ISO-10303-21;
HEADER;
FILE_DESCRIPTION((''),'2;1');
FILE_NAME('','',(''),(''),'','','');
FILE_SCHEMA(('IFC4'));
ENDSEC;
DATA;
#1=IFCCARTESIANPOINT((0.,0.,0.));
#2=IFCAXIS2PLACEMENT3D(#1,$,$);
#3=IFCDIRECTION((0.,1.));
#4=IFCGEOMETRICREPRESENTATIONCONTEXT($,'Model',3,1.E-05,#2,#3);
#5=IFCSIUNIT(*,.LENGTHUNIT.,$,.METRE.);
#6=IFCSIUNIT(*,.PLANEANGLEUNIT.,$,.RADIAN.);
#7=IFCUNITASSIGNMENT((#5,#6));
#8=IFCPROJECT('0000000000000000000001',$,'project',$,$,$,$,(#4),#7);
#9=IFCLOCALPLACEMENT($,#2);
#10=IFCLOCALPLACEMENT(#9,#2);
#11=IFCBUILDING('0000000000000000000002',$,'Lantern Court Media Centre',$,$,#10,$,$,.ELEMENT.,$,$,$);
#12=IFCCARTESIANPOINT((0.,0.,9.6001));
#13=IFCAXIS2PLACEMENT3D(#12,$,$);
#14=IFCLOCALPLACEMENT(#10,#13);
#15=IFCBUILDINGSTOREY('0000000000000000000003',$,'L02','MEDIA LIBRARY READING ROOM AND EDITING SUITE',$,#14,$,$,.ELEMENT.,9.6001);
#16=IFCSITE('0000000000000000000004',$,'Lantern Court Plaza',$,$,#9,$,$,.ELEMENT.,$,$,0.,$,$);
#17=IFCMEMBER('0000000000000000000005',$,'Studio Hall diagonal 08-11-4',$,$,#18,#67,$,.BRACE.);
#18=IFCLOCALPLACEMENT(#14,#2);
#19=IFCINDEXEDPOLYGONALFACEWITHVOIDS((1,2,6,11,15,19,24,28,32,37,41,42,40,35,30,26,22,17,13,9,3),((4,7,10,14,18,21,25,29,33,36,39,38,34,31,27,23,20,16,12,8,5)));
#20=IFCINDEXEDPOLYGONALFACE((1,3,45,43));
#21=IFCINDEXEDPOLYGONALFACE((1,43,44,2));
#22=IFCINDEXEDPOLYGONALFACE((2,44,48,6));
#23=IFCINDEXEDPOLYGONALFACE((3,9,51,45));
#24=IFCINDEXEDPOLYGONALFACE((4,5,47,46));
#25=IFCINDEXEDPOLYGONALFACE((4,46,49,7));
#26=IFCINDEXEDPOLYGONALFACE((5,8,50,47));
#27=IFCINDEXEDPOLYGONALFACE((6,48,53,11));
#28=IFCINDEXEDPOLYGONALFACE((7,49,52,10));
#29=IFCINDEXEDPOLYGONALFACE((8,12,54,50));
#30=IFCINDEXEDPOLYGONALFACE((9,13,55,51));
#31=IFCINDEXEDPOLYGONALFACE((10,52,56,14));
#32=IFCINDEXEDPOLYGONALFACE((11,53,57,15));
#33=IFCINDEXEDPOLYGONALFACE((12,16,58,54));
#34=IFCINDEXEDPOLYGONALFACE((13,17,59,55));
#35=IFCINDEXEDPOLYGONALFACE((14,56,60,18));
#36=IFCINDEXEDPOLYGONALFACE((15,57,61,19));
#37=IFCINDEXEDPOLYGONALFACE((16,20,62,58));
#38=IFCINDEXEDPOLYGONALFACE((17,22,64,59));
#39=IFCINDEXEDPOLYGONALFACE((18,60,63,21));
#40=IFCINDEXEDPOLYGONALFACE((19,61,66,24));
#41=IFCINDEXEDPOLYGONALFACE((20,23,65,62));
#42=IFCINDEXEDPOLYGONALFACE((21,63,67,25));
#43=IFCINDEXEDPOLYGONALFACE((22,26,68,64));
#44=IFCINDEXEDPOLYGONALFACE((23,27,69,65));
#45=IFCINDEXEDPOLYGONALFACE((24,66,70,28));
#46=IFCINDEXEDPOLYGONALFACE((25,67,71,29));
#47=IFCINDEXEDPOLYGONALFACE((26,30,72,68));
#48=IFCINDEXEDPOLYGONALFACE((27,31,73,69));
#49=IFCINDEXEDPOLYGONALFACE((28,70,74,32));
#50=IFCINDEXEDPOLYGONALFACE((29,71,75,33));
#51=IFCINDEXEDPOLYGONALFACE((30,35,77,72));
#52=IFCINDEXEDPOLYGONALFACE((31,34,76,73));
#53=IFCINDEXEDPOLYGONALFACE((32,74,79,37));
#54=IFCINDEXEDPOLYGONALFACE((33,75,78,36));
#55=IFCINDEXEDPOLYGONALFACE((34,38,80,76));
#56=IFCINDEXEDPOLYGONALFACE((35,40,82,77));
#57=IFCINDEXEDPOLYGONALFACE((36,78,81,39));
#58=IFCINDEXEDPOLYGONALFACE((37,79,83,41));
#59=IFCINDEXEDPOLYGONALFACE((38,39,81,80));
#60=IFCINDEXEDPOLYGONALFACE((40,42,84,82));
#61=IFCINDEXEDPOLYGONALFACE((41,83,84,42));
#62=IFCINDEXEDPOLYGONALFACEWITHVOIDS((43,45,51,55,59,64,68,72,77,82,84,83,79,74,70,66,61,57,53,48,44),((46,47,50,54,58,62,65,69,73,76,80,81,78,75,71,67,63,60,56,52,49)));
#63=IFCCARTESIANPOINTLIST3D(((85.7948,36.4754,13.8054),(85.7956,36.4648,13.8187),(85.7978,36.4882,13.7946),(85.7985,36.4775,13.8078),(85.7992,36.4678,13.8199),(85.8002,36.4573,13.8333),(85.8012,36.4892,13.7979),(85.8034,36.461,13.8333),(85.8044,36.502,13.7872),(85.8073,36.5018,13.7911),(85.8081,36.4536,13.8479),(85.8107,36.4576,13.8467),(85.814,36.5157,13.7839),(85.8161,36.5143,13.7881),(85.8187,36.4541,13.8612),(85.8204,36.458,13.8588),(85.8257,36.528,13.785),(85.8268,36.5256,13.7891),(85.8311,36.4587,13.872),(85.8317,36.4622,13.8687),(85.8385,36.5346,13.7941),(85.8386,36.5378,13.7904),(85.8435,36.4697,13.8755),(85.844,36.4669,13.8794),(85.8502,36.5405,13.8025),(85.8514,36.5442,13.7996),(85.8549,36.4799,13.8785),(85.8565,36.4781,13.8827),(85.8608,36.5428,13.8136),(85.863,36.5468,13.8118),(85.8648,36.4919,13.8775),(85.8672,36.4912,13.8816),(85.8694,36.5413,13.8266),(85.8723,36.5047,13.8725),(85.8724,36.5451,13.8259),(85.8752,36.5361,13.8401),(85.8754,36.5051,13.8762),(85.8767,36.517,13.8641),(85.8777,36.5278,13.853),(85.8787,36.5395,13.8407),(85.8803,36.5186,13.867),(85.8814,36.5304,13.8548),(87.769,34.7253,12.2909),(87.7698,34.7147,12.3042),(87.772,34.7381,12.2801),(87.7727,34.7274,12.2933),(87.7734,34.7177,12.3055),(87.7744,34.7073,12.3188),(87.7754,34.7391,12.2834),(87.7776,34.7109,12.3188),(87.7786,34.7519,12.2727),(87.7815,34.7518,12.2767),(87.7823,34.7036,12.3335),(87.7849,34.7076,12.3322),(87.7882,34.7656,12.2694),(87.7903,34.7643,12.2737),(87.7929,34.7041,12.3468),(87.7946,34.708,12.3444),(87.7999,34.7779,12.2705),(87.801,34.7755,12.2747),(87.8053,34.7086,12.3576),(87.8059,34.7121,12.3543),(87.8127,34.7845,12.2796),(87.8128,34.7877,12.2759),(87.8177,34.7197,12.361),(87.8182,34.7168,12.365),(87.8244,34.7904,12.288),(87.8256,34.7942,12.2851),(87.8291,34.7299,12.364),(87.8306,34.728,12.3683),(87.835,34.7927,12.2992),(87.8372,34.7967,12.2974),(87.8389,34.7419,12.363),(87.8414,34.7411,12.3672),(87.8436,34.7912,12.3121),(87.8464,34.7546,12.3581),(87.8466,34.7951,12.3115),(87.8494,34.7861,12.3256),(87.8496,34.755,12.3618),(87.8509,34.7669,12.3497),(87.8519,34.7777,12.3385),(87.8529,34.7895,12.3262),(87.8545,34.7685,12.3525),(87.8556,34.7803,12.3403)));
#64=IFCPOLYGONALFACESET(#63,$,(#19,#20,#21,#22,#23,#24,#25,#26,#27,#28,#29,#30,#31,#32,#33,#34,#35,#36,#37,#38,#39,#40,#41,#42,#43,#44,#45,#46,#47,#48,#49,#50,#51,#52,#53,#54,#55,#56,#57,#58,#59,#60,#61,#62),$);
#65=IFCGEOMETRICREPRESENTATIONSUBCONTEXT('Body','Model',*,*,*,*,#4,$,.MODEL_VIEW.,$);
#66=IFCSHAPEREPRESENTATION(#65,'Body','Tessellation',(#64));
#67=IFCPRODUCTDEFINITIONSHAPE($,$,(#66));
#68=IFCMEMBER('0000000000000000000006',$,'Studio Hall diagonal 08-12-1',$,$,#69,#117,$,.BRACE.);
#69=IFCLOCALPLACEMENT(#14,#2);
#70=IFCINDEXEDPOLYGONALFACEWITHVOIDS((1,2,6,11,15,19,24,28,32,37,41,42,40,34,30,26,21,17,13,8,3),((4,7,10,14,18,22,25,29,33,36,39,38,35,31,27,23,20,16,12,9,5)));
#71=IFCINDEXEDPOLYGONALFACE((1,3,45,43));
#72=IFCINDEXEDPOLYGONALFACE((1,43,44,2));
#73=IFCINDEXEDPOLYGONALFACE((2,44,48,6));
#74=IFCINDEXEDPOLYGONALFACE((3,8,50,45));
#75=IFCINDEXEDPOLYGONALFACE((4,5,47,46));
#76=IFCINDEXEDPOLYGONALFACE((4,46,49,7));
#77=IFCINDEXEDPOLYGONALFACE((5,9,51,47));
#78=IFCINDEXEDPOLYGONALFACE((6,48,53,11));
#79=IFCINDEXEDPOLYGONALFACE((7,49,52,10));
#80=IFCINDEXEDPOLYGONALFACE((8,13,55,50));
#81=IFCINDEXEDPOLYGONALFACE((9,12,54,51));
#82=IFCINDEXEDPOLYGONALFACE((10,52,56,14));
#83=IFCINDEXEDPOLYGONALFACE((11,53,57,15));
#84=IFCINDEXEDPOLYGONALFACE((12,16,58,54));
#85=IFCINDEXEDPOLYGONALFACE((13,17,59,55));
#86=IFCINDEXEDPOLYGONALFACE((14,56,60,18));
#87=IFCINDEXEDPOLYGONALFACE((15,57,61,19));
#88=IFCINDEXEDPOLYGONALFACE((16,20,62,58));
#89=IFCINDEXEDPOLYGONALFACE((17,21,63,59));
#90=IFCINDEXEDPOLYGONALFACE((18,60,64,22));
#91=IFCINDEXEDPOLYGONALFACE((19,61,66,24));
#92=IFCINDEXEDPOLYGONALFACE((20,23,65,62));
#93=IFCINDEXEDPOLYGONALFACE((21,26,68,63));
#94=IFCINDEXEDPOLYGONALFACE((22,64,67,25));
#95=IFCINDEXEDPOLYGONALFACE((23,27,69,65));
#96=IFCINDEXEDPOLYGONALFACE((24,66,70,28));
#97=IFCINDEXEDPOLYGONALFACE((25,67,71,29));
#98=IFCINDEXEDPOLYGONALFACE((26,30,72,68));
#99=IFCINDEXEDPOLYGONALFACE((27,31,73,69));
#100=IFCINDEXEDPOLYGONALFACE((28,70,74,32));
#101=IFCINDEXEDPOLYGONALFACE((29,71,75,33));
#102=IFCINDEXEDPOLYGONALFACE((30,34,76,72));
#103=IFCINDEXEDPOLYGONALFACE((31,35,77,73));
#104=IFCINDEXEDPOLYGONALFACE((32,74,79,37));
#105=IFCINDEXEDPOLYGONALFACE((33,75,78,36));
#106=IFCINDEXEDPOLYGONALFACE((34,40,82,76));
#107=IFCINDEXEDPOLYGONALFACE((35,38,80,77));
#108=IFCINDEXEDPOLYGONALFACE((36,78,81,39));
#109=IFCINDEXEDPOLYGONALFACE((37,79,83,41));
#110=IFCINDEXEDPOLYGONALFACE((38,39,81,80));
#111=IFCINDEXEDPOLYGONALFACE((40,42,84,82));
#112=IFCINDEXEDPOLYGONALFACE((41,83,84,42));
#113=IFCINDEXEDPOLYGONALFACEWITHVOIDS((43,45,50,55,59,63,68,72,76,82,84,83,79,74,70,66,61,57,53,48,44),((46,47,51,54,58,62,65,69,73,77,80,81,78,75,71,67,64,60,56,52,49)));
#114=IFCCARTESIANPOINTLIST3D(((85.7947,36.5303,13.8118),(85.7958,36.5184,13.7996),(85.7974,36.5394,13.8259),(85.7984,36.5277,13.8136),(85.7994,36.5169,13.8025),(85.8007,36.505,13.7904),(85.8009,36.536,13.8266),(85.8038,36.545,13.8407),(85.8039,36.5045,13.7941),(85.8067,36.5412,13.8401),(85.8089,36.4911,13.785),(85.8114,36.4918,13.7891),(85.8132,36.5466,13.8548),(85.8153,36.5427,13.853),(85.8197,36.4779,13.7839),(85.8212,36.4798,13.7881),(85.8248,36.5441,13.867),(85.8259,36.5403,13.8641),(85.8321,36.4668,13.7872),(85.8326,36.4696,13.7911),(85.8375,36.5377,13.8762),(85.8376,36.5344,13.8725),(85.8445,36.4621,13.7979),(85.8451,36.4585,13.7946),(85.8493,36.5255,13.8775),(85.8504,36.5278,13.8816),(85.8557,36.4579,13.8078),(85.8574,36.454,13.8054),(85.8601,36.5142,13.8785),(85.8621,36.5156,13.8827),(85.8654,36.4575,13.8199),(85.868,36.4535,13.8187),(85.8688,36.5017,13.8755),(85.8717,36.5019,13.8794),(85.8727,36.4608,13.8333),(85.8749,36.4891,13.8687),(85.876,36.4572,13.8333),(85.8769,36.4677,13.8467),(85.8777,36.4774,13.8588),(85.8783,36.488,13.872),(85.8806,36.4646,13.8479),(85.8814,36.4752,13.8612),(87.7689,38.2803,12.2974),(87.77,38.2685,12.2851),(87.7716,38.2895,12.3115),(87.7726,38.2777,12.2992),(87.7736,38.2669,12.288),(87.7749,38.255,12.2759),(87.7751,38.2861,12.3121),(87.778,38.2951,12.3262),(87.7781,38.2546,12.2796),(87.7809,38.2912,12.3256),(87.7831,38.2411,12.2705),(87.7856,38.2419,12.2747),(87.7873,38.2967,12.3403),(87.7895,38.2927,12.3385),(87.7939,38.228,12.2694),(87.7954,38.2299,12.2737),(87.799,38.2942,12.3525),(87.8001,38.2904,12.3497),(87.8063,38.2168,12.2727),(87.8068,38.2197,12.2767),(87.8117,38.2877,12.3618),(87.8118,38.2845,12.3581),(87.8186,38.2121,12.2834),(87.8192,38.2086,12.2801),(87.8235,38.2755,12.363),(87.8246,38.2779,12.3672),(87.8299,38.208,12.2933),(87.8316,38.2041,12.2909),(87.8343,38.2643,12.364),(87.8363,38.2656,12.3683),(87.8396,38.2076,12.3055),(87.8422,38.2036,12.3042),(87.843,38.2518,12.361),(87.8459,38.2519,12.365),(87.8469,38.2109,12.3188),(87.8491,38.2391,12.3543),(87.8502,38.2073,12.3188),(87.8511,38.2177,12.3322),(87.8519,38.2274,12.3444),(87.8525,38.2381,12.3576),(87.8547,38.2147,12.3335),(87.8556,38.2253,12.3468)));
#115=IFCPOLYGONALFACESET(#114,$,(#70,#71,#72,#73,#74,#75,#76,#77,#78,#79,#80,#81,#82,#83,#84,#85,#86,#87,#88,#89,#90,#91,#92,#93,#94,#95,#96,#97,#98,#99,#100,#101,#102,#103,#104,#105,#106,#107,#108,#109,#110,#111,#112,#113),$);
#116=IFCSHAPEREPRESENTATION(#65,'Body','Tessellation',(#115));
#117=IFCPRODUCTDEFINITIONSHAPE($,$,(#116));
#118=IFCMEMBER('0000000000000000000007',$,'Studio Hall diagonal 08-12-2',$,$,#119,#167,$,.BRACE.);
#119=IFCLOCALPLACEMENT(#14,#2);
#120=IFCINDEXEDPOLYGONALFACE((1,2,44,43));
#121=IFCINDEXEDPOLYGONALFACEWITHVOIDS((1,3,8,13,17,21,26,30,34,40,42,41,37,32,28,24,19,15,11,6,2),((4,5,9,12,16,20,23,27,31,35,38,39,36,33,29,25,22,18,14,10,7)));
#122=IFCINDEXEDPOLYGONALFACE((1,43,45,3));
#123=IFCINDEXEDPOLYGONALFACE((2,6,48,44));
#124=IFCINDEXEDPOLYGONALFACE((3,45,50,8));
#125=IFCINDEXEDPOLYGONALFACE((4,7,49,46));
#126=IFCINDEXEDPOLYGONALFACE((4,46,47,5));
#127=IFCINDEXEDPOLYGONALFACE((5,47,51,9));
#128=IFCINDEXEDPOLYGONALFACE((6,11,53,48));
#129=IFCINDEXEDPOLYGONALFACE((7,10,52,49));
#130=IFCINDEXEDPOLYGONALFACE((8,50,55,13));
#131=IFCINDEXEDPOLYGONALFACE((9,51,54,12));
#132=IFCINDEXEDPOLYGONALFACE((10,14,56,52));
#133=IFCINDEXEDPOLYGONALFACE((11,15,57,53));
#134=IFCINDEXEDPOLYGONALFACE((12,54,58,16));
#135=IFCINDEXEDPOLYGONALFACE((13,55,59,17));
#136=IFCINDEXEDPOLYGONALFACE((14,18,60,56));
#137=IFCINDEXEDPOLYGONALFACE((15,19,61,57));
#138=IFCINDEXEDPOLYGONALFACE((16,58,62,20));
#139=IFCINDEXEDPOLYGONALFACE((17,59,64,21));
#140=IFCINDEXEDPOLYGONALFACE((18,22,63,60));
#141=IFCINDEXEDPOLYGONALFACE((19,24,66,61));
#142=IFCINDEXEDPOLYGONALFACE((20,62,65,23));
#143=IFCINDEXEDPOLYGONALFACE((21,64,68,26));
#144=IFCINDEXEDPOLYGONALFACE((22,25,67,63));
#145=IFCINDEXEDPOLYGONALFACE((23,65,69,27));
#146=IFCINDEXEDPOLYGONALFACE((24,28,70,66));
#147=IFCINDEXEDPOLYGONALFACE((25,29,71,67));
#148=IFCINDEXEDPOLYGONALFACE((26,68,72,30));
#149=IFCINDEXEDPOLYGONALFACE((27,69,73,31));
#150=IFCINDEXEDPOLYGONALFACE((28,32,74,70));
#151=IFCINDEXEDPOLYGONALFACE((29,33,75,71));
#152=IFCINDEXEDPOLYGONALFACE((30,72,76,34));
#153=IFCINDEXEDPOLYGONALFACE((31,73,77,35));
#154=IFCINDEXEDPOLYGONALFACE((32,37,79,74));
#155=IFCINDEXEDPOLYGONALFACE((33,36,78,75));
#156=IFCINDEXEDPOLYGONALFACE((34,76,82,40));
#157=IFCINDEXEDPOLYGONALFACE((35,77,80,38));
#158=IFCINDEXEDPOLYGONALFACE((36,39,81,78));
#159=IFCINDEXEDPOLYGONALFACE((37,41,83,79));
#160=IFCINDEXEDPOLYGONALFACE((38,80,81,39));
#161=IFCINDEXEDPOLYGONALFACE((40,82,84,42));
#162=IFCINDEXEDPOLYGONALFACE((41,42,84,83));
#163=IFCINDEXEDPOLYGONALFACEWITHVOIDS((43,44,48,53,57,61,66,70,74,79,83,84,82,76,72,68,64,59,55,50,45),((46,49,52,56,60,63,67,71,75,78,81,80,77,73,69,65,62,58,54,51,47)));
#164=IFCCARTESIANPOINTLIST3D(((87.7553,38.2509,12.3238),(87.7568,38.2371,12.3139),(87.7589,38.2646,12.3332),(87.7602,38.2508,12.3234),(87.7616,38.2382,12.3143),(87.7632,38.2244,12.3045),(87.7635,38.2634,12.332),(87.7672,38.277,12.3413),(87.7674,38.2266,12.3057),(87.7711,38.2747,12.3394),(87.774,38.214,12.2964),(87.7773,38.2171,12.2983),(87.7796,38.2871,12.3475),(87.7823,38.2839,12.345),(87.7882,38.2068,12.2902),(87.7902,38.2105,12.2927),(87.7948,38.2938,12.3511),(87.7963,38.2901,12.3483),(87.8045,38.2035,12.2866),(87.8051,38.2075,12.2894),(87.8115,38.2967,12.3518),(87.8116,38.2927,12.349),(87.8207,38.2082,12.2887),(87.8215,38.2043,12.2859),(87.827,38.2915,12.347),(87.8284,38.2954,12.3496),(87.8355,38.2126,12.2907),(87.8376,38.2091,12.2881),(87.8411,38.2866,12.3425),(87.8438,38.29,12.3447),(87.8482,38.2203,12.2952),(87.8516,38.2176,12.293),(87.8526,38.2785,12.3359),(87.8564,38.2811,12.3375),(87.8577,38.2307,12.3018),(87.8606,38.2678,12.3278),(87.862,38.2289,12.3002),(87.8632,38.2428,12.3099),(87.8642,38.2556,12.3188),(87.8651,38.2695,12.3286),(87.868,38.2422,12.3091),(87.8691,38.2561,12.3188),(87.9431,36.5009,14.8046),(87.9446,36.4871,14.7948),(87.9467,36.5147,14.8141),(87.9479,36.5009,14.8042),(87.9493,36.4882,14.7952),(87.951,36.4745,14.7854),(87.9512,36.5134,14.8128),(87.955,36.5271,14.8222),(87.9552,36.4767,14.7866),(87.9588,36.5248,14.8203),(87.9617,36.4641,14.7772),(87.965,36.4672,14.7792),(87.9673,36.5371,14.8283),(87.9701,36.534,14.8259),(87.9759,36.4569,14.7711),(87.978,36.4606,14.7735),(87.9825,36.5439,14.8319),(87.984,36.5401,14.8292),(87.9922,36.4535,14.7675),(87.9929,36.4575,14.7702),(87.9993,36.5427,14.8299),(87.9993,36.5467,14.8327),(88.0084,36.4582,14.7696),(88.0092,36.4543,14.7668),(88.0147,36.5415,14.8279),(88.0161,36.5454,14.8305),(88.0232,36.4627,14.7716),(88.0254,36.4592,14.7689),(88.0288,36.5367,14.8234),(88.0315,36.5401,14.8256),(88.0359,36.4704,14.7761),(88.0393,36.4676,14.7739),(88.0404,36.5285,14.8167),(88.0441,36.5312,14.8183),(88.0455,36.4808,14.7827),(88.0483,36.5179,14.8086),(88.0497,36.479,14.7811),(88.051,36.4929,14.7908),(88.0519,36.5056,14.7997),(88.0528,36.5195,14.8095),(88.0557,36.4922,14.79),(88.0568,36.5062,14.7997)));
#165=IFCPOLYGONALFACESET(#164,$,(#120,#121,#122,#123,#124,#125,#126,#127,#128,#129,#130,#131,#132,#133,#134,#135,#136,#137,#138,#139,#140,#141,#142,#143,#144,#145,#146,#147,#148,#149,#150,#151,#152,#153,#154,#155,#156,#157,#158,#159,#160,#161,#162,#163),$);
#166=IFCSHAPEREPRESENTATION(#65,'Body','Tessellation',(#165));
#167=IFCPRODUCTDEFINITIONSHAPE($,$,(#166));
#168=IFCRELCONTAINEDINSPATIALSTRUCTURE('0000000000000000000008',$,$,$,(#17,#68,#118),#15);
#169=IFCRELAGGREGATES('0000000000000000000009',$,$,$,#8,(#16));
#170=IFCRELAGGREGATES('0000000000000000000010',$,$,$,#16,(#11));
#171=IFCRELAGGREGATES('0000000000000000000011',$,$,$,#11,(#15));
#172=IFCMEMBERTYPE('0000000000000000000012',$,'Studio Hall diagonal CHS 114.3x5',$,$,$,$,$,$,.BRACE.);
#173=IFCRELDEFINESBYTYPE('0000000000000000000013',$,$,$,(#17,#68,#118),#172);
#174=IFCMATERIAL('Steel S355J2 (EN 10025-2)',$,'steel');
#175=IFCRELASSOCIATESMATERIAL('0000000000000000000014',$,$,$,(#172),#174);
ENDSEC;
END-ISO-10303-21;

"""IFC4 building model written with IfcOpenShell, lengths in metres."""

from ifc_helpers import new_model, si_unit, direction, frame, origin, origin_2d, place, context, subcontext, project, spatial, hollow_circle, extrude, material, material_profile, profile_set, type_object, element, save


model = new_model("IFC4")

# Units and contexts
model_context = context("Model", 3, precision=1e-05, world=origin(), true_north=direction((0.0, 1.0)))
body_context = subcontext(model_context, "Body", "Model", "MODEL_VIEW")
ifc_project = project(units=[si_unit("LENGTHUNIT", "METRE"), si_unit("PLANEANGLEUNIT", "RADIAN")], contexts=[model_context])

# Site, building, storey
site_placement = place(None, origin())
site = spatial("IfcSite", under=ifc_project, at=site_placement, Name="Lantern Court Plaza", CompositionType="ELEMENT", RefElevation=0.0)
building_placement = place(site_placement, origin())
building = spatial("IfcBuilding", under=site, at=building_placement, Name="Lantern Court Media Centre", CompositionType="ELEMENT")
storey_placement = place(building_placement, frame((0.0, 0.0, 9.6001)))
storey = spatial("IfcBuildingStorey", under=building, at=storey_placement, Name="L02", Description="MEDIA LIBRARY READING ROOM AND EDITING SUITE", CompositionType="ELEMENT", Elevation=9.6001)

# Members
ifc_material = material(Name="Steel S355J2 (EN 10025-2)", Category="steel")
ifc_material_profile_1 = material_profile(ifc_material, hollow_circle(Radius=0.0571, WallThickness=0.0049, at=origin_2d()), Name="Studio Hall diagonal CHS 114.3x5")
ifc_profile_set_1 = profile_set([ifc_material_profile_1], Name="Steel S355J2 (EN 10025-2)")
member_type_1 = type_object("IfcMemberType", Name="Studio Hall diagonal CHS 114.3x5", PredefinedType="BRACE", material=ifc_profile_set_1)
for number, where, z_axis, x_axis, name in (
    (1, (87.8123, 34.75, 12.3188), (-0.648979, 0.575301, 0.49785), (-0.663352, -0.748307, 0.0), "Studio Hall diagonal 08-11-4"),
    (2, (87.8123, 38.25, 12.3188), (-0.648979, -0.575301, 0.49785), (0.663352, -0.748307, 0.0), "Studio Hall diagonal 08-12-1"),
):
    element("IfcMember", number, at=place(storey_placement, frame(where, z_axis=z_axis, x_axis=x_axis)), inside=storey, type_object=member_type_1, Name=name, PredefinedType="BRACE", context=body_context, shape_type="SweptSolid", body=[
        extrude(hollow_circle(Radius=0.0571, WallThickness=0.0049, at=origin_2d()), origin(), (0.0, 0.0, 1.0), 3.042),
    ])
for number, where, z_axis, x_axis, name in (
    (3, (87.8123, 38.25, 12.3188), (0.06172, -0.575306, 0.815606), (0.994294, 0.10667, 0.0), "Studio Hall diagonal 08-12-2"),
):
    element("IfcMember", number, at=place(storey_placement, frame(where, z_axis=z_axis, x_axis=x_axis)), inside=storey, type_object=member_type_1, Name=name, PredefinedType="BRACE", context=body_context, shape_type="SweptSolid", body=[
        extrude(hollow_circle(Radius=0.0571, WallThickness=0.0049, at=origin_2d()), origin(), (0.0, 0.0, 1.0), 3.0417),
    ])

save(model, "model.ifc")
